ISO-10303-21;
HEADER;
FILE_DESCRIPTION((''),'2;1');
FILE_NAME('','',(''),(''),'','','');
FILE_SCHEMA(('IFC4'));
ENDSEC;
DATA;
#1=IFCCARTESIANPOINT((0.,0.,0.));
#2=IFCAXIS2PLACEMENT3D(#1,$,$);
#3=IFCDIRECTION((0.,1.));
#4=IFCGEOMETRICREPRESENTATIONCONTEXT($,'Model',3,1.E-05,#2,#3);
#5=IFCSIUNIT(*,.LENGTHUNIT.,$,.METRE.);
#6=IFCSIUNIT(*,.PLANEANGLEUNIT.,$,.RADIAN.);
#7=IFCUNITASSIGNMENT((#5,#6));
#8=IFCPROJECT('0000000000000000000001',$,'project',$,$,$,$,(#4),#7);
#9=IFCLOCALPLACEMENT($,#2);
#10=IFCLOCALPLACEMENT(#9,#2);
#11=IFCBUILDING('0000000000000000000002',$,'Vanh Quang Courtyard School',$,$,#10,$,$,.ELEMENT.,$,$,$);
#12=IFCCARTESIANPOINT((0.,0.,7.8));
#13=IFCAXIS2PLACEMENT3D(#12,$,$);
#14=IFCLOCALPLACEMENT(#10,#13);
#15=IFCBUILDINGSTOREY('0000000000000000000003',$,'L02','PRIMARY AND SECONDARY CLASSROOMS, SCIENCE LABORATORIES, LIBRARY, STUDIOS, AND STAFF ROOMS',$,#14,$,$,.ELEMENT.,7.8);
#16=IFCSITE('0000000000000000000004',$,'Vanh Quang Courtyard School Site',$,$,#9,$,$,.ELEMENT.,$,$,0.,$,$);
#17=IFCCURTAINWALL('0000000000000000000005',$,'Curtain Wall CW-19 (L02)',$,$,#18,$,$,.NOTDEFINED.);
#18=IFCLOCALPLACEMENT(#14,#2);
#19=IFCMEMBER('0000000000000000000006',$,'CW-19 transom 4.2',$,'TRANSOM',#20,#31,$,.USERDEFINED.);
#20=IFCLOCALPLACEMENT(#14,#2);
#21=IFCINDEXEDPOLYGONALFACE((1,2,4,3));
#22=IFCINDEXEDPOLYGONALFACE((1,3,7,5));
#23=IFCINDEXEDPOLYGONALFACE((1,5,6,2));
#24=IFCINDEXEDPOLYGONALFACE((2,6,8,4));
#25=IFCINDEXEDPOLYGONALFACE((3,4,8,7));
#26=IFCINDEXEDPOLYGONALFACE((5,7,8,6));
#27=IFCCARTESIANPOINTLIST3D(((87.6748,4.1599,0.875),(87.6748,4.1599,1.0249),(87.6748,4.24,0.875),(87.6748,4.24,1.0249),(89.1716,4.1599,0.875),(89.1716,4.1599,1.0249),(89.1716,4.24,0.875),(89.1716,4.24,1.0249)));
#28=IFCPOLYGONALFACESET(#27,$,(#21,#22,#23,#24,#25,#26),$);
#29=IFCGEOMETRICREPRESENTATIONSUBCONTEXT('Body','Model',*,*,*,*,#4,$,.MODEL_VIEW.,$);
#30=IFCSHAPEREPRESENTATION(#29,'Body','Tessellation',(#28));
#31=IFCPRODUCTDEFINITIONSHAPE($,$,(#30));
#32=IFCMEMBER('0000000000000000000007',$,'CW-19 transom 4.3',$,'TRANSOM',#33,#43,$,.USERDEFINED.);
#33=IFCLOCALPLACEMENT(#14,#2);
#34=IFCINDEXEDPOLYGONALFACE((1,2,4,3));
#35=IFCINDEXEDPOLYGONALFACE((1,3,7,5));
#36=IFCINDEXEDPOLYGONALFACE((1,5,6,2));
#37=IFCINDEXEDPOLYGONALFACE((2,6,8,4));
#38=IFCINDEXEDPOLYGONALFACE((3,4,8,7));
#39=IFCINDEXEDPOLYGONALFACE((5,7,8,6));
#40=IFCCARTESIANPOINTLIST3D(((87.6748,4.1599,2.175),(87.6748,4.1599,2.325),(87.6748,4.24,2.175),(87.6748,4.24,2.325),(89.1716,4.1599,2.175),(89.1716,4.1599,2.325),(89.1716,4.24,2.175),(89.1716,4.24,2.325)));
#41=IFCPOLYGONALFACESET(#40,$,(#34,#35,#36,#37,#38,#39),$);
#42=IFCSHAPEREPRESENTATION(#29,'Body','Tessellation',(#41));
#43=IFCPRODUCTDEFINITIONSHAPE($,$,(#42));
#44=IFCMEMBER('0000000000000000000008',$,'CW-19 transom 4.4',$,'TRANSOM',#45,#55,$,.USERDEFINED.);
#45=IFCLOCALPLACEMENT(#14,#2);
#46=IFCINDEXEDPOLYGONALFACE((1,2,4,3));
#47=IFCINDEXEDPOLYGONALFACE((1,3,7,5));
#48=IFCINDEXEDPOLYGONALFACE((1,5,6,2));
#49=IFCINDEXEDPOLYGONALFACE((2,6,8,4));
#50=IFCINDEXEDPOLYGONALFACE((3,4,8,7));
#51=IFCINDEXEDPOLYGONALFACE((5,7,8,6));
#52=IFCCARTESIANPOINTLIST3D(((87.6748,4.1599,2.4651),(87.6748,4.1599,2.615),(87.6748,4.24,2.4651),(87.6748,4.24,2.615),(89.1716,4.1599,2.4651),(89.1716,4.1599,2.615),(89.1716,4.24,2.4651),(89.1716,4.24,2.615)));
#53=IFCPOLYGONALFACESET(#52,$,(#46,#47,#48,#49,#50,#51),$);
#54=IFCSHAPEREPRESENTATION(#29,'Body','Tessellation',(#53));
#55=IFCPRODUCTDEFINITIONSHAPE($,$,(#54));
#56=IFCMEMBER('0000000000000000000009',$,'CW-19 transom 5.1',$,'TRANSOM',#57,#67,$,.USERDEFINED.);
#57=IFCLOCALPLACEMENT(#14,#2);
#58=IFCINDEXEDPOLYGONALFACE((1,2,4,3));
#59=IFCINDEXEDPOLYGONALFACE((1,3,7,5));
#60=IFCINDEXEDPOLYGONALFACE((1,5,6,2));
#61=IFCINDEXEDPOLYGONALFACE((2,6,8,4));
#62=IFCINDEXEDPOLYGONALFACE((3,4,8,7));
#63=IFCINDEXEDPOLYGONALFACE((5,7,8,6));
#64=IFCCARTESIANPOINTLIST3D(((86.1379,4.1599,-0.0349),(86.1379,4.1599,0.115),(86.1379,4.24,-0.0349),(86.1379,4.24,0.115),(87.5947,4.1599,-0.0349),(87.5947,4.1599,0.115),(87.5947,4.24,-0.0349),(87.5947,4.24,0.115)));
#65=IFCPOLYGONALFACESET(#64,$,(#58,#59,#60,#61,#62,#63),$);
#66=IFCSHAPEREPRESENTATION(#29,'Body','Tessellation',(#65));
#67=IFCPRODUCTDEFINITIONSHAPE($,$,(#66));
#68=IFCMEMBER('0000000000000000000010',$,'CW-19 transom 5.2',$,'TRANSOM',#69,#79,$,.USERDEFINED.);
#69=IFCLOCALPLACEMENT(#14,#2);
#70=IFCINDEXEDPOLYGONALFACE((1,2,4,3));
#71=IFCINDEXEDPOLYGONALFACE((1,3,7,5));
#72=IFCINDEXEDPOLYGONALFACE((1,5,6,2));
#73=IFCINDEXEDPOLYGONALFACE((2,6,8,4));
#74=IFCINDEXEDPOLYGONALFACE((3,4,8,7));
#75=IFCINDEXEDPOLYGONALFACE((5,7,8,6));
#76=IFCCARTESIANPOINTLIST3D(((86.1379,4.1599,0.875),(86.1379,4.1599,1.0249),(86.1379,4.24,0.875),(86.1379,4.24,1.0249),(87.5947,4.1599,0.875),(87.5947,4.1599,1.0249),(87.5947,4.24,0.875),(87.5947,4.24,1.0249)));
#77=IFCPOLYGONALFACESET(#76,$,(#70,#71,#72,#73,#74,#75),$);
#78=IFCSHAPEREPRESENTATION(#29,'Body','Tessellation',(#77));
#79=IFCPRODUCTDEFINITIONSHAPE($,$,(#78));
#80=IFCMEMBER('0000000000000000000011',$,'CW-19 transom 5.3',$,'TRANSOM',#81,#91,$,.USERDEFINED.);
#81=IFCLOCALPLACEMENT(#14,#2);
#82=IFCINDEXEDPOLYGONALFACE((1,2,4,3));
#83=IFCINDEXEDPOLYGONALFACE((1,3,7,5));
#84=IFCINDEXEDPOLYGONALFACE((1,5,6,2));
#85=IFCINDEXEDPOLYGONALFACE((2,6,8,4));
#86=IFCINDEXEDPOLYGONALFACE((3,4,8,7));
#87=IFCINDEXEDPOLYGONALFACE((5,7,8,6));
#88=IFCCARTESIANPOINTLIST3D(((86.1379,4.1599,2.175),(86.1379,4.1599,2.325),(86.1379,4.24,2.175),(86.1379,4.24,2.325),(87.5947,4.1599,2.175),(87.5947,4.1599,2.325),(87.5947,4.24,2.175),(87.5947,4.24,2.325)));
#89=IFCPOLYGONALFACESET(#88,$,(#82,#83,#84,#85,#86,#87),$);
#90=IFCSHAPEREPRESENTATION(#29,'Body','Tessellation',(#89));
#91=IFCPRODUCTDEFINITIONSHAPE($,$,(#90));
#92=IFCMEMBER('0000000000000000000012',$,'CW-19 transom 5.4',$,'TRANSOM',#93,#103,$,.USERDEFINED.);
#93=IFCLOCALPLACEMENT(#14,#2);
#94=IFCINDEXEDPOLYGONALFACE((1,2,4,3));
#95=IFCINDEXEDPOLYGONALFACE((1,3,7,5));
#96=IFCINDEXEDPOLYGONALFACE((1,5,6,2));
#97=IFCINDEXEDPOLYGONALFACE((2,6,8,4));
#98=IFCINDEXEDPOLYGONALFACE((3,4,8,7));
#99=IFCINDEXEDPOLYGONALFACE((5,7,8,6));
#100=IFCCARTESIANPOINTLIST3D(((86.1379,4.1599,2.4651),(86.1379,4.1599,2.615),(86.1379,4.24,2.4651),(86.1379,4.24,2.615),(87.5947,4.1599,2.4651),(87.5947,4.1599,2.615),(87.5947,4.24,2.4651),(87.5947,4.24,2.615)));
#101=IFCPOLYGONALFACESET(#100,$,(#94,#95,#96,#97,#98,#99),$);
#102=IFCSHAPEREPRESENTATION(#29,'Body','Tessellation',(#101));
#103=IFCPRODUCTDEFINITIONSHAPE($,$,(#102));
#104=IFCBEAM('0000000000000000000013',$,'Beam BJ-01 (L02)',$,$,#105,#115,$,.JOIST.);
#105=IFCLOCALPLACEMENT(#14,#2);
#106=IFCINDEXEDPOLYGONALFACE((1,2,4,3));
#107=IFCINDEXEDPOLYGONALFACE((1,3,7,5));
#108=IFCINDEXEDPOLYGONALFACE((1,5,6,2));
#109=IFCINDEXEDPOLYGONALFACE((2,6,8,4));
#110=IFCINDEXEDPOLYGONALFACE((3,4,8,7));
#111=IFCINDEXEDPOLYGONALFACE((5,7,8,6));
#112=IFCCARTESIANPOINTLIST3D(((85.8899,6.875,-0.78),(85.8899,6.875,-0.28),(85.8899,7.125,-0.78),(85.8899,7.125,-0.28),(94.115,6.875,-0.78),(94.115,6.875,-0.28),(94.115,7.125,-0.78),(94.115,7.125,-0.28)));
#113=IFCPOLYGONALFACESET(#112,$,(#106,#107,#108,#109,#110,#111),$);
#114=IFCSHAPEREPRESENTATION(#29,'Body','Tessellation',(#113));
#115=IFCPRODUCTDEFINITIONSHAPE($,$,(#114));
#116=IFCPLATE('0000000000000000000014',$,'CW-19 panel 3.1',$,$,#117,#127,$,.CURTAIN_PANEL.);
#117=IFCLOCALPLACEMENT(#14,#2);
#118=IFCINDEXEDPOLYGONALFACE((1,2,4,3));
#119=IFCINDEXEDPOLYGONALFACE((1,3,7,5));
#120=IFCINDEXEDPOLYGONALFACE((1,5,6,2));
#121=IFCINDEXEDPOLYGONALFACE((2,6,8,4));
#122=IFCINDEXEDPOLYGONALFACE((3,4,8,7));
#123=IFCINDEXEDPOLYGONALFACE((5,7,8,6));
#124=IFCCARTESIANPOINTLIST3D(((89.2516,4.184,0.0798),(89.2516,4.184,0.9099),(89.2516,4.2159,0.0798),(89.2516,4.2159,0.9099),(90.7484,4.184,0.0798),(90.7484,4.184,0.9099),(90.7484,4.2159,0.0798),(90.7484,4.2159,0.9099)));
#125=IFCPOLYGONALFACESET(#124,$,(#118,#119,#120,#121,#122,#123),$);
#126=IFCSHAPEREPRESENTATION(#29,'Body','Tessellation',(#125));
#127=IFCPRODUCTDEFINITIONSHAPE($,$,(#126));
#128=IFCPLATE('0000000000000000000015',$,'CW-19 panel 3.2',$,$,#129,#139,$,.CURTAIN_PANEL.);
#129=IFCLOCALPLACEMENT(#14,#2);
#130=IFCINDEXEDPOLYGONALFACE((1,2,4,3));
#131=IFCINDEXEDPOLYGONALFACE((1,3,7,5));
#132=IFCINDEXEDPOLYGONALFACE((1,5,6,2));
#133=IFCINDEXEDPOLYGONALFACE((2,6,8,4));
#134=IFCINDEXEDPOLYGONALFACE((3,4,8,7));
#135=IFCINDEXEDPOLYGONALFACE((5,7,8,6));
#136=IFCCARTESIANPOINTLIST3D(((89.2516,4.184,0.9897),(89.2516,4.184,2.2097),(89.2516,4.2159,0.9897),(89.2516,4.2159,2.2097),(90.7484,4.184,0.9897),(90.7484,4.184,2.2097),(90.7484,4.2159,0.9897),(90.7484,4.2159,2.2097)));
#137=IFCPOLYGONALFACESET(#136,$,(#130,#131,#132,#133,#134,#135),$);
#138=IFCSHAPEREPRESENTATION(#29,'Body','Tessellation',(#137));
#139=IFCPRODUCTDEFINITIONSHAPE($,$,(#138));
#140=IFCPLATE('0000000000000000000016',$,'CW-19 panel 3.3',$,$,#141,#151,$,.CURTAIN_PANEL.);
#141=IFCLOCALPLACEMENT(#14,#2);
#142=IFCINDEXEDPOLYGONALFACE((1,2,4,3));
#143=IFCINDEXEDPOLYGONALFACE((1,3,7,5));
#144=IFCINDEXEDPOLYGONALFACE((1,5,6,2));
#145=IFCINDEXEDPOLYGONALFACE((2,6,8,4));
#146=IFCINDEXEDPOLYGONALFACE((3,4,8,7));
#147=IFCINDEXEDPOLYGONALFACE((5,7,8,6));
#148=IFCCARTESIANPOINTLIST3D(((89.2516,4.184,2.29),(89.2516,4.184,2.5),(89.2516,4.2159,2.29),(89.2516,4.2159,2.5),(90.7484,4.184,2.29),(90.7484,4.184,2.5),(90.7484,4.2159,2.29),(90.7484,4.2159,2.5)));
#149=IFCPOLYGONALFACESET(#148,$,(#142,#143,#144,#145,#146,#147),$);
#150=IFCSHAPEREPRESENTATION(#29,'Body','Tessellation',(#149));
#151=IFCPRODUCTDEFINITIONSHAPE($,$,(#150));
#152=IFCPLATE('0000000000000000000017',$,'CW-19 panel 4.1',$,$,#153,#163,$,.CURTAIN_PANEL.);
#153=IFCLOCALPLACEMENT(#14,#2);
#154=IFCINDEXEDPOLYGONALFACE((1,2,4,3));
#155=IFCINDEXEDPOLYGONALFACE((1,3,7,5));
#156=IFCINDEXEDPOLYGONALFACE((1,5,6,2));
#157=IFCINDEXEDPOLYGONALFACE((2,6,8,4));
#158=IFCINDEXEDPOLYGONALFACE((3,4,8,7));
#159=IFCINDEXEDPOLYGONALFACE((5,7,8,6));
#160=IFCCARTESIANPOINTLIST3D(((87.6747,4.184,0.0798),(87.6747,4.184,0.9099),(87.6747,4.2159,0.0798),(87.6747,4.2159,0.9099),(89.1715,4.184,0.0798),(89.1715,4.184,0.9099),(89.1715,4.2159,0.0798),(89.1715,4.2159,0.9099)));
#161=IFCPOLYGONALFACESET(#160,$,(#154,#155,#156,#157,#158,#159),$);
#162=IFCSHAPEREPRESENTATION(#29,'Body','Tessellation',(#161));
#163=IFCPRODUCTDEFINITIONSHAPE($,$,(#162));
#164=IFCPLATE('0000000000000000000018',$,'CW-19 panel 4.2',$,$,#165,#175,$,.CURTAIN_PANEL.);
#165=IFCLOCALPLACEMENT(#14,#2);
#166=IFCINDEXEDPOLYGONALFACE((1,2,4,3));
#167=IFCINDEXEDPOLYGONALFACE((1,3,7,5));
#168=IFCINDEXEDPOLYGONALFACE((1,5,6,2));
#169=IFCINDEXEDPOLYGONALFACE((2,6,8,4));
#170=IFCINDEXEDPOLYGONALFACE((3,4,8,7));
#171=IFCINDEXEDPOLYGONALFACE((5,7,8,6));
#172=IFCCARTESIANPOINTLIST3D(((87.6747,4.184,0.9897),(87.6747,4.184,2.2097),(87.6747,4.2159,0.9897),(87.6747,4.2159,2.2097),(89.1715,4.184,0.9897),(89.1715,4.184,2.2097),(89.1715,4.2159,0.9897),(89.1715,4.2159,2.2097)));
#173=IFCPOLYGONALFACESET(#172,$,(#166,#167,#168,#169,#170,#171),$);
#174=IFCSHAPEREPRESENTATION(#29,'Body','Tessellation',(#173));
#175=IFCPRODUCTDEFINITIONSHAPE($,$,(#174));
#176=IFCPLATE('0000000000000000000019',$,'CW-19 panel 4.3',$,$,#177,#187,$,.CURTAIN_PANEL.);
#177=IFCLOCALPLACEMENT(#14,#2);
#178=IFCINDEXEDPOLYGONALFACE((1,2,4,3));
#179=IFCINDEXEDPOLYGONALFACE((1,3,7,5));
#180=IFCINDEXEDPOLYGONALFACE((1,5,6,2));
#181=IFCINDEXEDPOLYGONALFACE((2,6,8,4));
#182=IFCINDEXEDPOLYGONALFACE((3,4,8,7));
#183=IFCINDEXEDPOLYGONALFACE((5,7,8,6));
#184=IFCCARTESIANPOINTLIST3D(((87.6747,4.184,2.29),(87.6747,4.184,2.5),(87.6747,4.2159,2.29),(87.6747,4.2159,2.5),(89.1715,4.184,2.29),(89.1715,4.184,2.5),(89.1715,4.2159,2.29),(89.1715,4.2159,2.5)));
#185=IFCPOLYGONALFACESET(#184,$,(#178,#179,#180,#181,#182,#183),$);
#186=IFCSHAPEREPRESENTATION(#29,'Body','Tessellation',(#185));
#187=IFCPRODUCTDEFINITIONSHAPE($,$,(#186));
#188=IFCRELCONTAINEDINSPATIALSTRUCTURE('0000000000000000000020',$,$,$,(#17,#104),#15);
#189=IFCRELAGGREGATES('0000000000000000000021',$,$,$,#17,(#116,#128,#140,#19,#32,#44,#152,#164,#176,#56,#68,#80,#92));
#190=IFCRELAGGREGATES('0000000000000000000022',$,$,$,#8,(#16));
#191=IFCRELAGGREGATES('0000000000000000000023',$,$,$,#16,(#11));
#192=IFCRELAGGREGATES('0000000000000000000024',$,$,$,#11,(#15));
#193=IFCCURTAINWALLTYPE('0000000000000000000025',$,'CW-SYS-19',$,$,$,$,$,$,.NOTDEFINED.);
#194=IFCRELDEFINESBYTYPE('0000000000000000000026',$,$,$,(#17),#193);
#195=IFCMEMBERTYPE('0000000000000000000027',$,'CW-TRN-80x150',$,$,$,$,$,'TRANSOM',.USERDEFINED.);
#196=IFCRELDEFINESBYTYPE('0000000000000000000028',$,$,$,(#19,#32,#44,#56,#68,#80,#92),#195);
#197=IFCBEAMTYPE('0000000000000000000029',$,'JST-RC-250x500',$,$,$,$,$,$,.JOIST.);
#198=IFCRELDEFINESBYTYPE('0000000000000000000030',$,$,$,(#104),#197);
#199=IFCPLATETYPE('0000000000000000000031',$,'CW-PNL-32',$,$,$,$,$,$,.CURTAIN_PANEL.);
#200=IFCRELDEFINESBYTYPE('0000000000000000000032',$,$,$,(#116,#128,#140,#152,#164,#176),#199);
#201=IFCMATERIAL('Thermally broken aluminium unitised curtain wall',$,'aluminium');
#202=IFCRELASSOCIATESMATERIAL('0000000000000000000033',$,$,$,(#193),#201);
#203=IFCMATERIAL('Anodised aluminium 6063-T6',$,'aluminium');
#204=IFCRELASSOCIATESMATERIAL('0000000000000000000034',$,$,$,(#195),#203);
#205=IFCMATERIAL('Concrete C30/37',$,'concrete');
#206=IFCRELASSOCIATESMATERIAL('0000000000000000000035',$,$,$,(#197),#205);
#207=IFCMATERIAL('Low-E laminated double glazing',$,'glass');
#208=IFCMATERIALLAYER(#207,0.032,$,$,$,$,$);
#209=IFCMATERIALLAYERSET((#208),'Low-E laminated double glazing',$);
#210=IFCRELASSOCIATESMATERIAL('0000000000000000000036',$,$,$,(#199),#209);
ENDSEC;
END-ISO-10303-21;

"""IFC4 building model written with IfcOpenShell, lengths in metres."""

from ifc_helpers import new_model, si_unit, direction, frame, origin, origin_2d, place, context, subcontext, project, spatial, rectangle, extrude, material, layer, layer_set, material_profile, profile_set, type_object, element, aggregate, save


model = new_model("IFC4")

# Units and contexts
model_context = context("Model", 3, precision=1e-05, world=origin(), true_north=direction((0.0, 1.0)))
body_context = subcontext(model_context, "Body", "Model", "MODEL_VIEW")
ifc_project = project(units=[si_unit("LENGTHUNIT", "METRE"), si_unit("PLANEANGLEUNIT", "RADIAN")], contexts=[model_context])

# Site, building, storey
site_placement = place(None, origin())
site = spatial("IfcSite", under=ifc_project, at=site_placement, Name="Vanh Quang Courtyard School Site", CompositionType="ELEMENT", RefElevation=0.0)
building_placement = place(site_placement, origin())
building = spatial("IfcBuilding", under=site, at=building_placement, Name="Vanh Quang Courtyard School", CompositionType="ELEMENT")
storey_placement = place(building_placement, frame((0.0, 0.0, 7.8)))
storey = spatial("IfcBuildingStorey", under=building, at=storey_placement, Name="L02", Description="PRIMARY AND SECONDARY CLASSROOMS, SCIENCE LABORATORIES, LIBRARY, STUDIOS, AND STAFF ROOMS", CompositionType="ELEMENT", Elevation=7.8)

# Curtain wall, members
ifc_material_1 = material(Name="Thermally broken aluminium unitised curtain wall", Category="aluminium")
curtain_wall_type = type_object("IfcCurtainWallType", Name="CW-SYS-19", PredefinedType="NOTDEFINED", material=ifc_material_1)
curtain_wall_placement = place(storey_placement, origin())
curtain_wall = element("IfcCurtainWall", 1, at=curtain_wall_placement, inside=storey, type_object=curtain_wall_type, Name="Curtain Wall CW-19 (L02)", PredefinedType="NOTDEFINED")
ifc_material_2 = material(Name="Anodised aluminium 6063-T6", Category="aluminium")
ifc_material_profile_1 = material_profile(ifc_material_2, rectangle(XDim=0.0801, YDim=0.1499, at=origin_2d()), Name="ALU-TRN 80x150")
ifc_profile_set_1 = profile_set([ifc_material_profile_1], Name="Anodised aluminium 6063-T6")
member_type_1 = type_object("IfcMemberType", Name="CW-TRN-80x150", ElementType="TRANSOM", PredefinedType="USERDEFINED", material=ifc_profile_set_1)
member_1_placement = place(storey_placement, frame((89.1716, 4.2, 0.95), z_axis=(-1.0, 0.0, 0.0), x_axis=(0.0, -1.0, 0.0)))
member_1 = element("IfcMember", 2, at=member_1_placement, type_object=member_type_1, Name="CW-19 transom 4.2", ObjectType="TRANSOM", PredefinedType="USERDEFINED", context=body_context, shape_type="SweptSolid", body=[
    extrude(rectangle(XDim=0.0801, YDim=0.1499, at=origin_2d()), origin(), (0.0, 0.0, 1.0), 1.4968),
])
member_2_placement = place(storey_placement, frame((89.1716, 4.2, 2.25), z_axis=(-1.0, 0.0, 0.0), x_axis=(0.0, -1.0, 0.0)))
member_2 = element("IfcMember", 3, at=member_2_placement, type_object=member_type_1, Name="CW-19 transom 4.3", ObjectType="TRANSOM", PredefinedType="USERDEFINED", context=body_context, shape_type="SweptSolid", body=[
    extrude(rectangle(XDim=0.0801, YDim=0.1499, at=origin_2d()), origin(), (0.0, 0.0, 1.0), 1.4968),
])
member_3_placement = place(storey_placement, frame((89.1716, 4.2, 2.54), z_axis=(-1.0, 0.0, 0.0), x_axis=(0.0, -1.0, 0.0)))
member_3 = element("IfcMember", 4, at=member_3_placement, type_object=member_type_1, Name="CW-19 transom 4.4", ObjectType="TRANSOM", PredefinedType="USERDEFINED", context=body_context, shape_type="SweptSolid", body=[
    extrude(rectangle(XDim=0.0801, YDim=0.1499, at=origin_2d()), origin(), (0.0, 0.0, 1.0), 1.4968),
])
member_4_placement = place(storey_placement, frame((87.5947, 4.2, 0.04), z_axis=(-1.0, 0.0, 0.0), x_axis=(0.0, -1.0, 0.0)))
member_4 = element("IfcMember", 5, at=member_4_placement, type_object=member_type_1, Name="CW-19 transom 5.1", ObjectType="TRANSOM", PredefinedType="USERDEFINED", context=body_context, shape_type="SweptSolid", body=[
    extrude(rectangle(XDim=0.0801, YDim=0.1499, at=origin_2d()), origin(), (0.0, 0.0, 1.0), 1.4568),
])
member_5_placement = place(storey_placement, frame((87.5947, 4.2, 0.95), z_axis=(-1.0, 0.0, 0.0), x_axis=(0.0, -1.0, 0.0)))
member_5 = element("IfcMember", 6, at=member_5_placement, type_object=member_type_1, Name="CW-19 transom 5.2", ObjectType="TRANSOM", PredefinedType="USERDEFINED", context=body_context, shape_type="SweptSolid", body=[
    extrude(rectangle(XDim=0.0801, YDim=0.1499, at=origin_2d()), origin(), (0.0, 0.0, 1.0), 1.4568),
])
member_6_placement = place(storey_placement, frame((87.5947, 4.2, 2.25), z_axis=(-1.0, 0.0, 0.0), x_axis=(0.0, -1.0, 0.0)))
member_6 = element("IfcMember", 7, at=member_6_placement, type_object=member_type_1, Name="CW-19 transom 5.3", ObjectType="TRANSOM", PredefinedType="USERDEFINED", context=body_context, shape_type="SweptSolid", body=[
    extrude(rectangle(XDim=0.0801, YDim=0.1499, at=origin_2d()), origin(), (0.0, 0.0, 1.0), 1.4568),
])
member_7_placement = place(storey_placement, frame((87.5947, 4.2, 2.54), z_axis=(-1.0, 0.0, 0.0), x_axis=(0.0, -1.0, 0.0)))
member_7 = element("IfcMember", 8, at=member_7_placement, type_object=member_type_1, Name="CW-19 transom 5.4", ObjectType="TRANSOM", PredefinedType="USERDEFINED", context=body_context, shape_type="SweptSolid", body=[
    extrude(rectangle(XDim=0.0801, YDim=0.1499, at=origin_2d()), origin(), (0.0, 0.0, 1.0), 1.4568),
])

# Beam
ifc_material_3 = material(Name="Concrete C30/37", Category="concrete")
ifc_material_profile_2 = material_profile(ifc_material_3, rectangle(XDim=0.25, YDim=0.5, at=origin_2d()), Name="RC-JST 250x500")
ifc_profile_set_2 = profile_set([ifc_material_profile_2], Name="Concrete C30/37")
beam_type_1 = type_object("IfcBeamType", Name="JST-RC-250x500", PredefinedType="JOIST", material=ifc_profile_set_2)
beam_1_placement = place(storey_placement, frame((85.8899, 7.0, -0.53), z_axis=(1.0, 0.0, 0.0), x_axis=(0.0, 1.0, 0.0)))
element("IfcBeam", 9, at=beam_1_placement, inside=storey, type_object=beam_type_1, Name="Beam BJ-01 (L02)", PredefinedType="JOIST", context=body_context, shape_type="SweptSolid", body=[
    extrude(rectangle(XDim=0.25, YDim=0.5, at=origin_2d()), origin(), (0.0, 0.0, 1.0), 8.2251),
])

# Plates
ifc_material_4 = material(Name="Low-E laminated double glazing", Category="glass")
ifc_layer_1 = layer(ifc_material_4, 0.032)
ifc_layer_set_1 = layer_set([ifc_layer_1], Name="Low-E laminated double glazing")
plate_type = type_object("IfcPlateType", Name="CW-PNL-32", PredefinedType="CURTAIN_PANEL", material=ifc_layer_set_1)
plate_1_placement = place(storey_placement, frame((90.0, 4.2, 0.0798), z_axis=(0.0, 0.0, 1.0), x_axis=(-1.0, 0.0, 0.0)))
plate_1 = element("IfcPlate", 10, at=plate_1_placement, type_object=plate_type, Name="CW-19 panel 3.1", PredefinedType="CURTAIN_PANEL", context=body_context, shape_type="SweptSolid", body=[
    extrude(rectangle(XDim=1.4968, YDim=0.032, at=origin_2d()), origin(), (0.0, 0.0, 1.0), 0.8301),
])
plate_2_placement = place(storey_placement, frame((90.0, 4.2, 0.9897), z_axis=(0.0, 0.0, 1.0), x_axis=(-1.0, 0.0, 0.0)))
plate_2 = element("IfcPlate", 11, at=plate_2_placement, type_object=plate_type, Name="CW-19 panel 3.2", PredefinedType="CURTAIN_PANEL", context=body_context, shape_type="SweptSolid", body=[
    extrude(rectangle(XDim=1.4968, YDim=0.032, at=origin_2d()), origin(), (0.0, 0.0, 1.0), 1.22),
])
plate_3_placement = place(storey_placement, frame((90.0, 4.2, 2.29), z_axis=(0.0, 0.0, 1.0), x_axis=(-1.0, 0.0, 0.0)))
plate_3 = element("IfcPlate", 12, at=plate_3_placement, type_object=plate_type, Name="CW-19 panel 3.3", PredefinedType="CURTAIN_PANEL", context=body_context, shape_type="SweptSolid", body=[
    extrude(rectangle(XDim=1.4968, YDim=0.032, at=origin_2d()), origin(), (0.0, 0.0, 1.0), 0.21),
])
plate_4_placement = place(storey_placement, frame((88.4231, 4.2, 0.0798), z_axis=(0.0, 0.0, 1.0), x_axis=(-1.0, 0.0, 0.0)))
plate_4 = element("IfcPlate", 13, at=plate_4_placement, type_object=plate_type, Name="CW-19 panel 4.1", PredefinedType="CURTAIN_PANEL", context=body_context, shape_type="SweptSolid", body=[
    extrude(rectangle(XDim=1.4968, YDim=0.032, at=origin_2d()), origin(), (0.0, 0.0, 1.0), 0.8301),
])
plate_5_placement = place(storey_placement, frame((88.4231, 4.2, 0.9897), z_axis=(0.0, 0.0, 1.0), x_axis=(-1.0, 0.0, 0.0)))
plate_5 = element("IfcPlate", 14, at=plate_5_placement, type_object=plate_type, Name="CW-19 panel 4.2", PredefinedType="CURTAIN_PANEL", context=body_context, shape_type="SweptSolid", body=[
    extrude(rectangle(XDim=1.4968, YDim=0.032, at=origin_2d()), origin(), (0.0, 0.0, 1.0), 1.22),
])
plate_6_placement = place(storey_placement, frame((88.4231, 4.2, 2.29), z_axis=(0.0, 0.0, 1.0), x_axis=(-1.0, 0.0, 0.0)))
plate_6 = element("IfcPlate", 15, at=plate_6_placement, type_object=plate_type, Name="CW-19 panel 4.3", PredefinedType="CURTAIN_PANEL", context=body_context, shape_type="SweptSolid", body=[
    extrude(rectangle(XDim=1.4968, YDim=0.032, at=origin_2d()), origin(), (0.0, 0.0, 1.0), 0.21),
])
aggregate(curtain_wall, [plate_1, plate_2, plate_3, member_1, member_2, member_3, plate_4, plate_5, plate_6, member_4, member_5, member_6, member_7])

save(model, "model.ifc")
